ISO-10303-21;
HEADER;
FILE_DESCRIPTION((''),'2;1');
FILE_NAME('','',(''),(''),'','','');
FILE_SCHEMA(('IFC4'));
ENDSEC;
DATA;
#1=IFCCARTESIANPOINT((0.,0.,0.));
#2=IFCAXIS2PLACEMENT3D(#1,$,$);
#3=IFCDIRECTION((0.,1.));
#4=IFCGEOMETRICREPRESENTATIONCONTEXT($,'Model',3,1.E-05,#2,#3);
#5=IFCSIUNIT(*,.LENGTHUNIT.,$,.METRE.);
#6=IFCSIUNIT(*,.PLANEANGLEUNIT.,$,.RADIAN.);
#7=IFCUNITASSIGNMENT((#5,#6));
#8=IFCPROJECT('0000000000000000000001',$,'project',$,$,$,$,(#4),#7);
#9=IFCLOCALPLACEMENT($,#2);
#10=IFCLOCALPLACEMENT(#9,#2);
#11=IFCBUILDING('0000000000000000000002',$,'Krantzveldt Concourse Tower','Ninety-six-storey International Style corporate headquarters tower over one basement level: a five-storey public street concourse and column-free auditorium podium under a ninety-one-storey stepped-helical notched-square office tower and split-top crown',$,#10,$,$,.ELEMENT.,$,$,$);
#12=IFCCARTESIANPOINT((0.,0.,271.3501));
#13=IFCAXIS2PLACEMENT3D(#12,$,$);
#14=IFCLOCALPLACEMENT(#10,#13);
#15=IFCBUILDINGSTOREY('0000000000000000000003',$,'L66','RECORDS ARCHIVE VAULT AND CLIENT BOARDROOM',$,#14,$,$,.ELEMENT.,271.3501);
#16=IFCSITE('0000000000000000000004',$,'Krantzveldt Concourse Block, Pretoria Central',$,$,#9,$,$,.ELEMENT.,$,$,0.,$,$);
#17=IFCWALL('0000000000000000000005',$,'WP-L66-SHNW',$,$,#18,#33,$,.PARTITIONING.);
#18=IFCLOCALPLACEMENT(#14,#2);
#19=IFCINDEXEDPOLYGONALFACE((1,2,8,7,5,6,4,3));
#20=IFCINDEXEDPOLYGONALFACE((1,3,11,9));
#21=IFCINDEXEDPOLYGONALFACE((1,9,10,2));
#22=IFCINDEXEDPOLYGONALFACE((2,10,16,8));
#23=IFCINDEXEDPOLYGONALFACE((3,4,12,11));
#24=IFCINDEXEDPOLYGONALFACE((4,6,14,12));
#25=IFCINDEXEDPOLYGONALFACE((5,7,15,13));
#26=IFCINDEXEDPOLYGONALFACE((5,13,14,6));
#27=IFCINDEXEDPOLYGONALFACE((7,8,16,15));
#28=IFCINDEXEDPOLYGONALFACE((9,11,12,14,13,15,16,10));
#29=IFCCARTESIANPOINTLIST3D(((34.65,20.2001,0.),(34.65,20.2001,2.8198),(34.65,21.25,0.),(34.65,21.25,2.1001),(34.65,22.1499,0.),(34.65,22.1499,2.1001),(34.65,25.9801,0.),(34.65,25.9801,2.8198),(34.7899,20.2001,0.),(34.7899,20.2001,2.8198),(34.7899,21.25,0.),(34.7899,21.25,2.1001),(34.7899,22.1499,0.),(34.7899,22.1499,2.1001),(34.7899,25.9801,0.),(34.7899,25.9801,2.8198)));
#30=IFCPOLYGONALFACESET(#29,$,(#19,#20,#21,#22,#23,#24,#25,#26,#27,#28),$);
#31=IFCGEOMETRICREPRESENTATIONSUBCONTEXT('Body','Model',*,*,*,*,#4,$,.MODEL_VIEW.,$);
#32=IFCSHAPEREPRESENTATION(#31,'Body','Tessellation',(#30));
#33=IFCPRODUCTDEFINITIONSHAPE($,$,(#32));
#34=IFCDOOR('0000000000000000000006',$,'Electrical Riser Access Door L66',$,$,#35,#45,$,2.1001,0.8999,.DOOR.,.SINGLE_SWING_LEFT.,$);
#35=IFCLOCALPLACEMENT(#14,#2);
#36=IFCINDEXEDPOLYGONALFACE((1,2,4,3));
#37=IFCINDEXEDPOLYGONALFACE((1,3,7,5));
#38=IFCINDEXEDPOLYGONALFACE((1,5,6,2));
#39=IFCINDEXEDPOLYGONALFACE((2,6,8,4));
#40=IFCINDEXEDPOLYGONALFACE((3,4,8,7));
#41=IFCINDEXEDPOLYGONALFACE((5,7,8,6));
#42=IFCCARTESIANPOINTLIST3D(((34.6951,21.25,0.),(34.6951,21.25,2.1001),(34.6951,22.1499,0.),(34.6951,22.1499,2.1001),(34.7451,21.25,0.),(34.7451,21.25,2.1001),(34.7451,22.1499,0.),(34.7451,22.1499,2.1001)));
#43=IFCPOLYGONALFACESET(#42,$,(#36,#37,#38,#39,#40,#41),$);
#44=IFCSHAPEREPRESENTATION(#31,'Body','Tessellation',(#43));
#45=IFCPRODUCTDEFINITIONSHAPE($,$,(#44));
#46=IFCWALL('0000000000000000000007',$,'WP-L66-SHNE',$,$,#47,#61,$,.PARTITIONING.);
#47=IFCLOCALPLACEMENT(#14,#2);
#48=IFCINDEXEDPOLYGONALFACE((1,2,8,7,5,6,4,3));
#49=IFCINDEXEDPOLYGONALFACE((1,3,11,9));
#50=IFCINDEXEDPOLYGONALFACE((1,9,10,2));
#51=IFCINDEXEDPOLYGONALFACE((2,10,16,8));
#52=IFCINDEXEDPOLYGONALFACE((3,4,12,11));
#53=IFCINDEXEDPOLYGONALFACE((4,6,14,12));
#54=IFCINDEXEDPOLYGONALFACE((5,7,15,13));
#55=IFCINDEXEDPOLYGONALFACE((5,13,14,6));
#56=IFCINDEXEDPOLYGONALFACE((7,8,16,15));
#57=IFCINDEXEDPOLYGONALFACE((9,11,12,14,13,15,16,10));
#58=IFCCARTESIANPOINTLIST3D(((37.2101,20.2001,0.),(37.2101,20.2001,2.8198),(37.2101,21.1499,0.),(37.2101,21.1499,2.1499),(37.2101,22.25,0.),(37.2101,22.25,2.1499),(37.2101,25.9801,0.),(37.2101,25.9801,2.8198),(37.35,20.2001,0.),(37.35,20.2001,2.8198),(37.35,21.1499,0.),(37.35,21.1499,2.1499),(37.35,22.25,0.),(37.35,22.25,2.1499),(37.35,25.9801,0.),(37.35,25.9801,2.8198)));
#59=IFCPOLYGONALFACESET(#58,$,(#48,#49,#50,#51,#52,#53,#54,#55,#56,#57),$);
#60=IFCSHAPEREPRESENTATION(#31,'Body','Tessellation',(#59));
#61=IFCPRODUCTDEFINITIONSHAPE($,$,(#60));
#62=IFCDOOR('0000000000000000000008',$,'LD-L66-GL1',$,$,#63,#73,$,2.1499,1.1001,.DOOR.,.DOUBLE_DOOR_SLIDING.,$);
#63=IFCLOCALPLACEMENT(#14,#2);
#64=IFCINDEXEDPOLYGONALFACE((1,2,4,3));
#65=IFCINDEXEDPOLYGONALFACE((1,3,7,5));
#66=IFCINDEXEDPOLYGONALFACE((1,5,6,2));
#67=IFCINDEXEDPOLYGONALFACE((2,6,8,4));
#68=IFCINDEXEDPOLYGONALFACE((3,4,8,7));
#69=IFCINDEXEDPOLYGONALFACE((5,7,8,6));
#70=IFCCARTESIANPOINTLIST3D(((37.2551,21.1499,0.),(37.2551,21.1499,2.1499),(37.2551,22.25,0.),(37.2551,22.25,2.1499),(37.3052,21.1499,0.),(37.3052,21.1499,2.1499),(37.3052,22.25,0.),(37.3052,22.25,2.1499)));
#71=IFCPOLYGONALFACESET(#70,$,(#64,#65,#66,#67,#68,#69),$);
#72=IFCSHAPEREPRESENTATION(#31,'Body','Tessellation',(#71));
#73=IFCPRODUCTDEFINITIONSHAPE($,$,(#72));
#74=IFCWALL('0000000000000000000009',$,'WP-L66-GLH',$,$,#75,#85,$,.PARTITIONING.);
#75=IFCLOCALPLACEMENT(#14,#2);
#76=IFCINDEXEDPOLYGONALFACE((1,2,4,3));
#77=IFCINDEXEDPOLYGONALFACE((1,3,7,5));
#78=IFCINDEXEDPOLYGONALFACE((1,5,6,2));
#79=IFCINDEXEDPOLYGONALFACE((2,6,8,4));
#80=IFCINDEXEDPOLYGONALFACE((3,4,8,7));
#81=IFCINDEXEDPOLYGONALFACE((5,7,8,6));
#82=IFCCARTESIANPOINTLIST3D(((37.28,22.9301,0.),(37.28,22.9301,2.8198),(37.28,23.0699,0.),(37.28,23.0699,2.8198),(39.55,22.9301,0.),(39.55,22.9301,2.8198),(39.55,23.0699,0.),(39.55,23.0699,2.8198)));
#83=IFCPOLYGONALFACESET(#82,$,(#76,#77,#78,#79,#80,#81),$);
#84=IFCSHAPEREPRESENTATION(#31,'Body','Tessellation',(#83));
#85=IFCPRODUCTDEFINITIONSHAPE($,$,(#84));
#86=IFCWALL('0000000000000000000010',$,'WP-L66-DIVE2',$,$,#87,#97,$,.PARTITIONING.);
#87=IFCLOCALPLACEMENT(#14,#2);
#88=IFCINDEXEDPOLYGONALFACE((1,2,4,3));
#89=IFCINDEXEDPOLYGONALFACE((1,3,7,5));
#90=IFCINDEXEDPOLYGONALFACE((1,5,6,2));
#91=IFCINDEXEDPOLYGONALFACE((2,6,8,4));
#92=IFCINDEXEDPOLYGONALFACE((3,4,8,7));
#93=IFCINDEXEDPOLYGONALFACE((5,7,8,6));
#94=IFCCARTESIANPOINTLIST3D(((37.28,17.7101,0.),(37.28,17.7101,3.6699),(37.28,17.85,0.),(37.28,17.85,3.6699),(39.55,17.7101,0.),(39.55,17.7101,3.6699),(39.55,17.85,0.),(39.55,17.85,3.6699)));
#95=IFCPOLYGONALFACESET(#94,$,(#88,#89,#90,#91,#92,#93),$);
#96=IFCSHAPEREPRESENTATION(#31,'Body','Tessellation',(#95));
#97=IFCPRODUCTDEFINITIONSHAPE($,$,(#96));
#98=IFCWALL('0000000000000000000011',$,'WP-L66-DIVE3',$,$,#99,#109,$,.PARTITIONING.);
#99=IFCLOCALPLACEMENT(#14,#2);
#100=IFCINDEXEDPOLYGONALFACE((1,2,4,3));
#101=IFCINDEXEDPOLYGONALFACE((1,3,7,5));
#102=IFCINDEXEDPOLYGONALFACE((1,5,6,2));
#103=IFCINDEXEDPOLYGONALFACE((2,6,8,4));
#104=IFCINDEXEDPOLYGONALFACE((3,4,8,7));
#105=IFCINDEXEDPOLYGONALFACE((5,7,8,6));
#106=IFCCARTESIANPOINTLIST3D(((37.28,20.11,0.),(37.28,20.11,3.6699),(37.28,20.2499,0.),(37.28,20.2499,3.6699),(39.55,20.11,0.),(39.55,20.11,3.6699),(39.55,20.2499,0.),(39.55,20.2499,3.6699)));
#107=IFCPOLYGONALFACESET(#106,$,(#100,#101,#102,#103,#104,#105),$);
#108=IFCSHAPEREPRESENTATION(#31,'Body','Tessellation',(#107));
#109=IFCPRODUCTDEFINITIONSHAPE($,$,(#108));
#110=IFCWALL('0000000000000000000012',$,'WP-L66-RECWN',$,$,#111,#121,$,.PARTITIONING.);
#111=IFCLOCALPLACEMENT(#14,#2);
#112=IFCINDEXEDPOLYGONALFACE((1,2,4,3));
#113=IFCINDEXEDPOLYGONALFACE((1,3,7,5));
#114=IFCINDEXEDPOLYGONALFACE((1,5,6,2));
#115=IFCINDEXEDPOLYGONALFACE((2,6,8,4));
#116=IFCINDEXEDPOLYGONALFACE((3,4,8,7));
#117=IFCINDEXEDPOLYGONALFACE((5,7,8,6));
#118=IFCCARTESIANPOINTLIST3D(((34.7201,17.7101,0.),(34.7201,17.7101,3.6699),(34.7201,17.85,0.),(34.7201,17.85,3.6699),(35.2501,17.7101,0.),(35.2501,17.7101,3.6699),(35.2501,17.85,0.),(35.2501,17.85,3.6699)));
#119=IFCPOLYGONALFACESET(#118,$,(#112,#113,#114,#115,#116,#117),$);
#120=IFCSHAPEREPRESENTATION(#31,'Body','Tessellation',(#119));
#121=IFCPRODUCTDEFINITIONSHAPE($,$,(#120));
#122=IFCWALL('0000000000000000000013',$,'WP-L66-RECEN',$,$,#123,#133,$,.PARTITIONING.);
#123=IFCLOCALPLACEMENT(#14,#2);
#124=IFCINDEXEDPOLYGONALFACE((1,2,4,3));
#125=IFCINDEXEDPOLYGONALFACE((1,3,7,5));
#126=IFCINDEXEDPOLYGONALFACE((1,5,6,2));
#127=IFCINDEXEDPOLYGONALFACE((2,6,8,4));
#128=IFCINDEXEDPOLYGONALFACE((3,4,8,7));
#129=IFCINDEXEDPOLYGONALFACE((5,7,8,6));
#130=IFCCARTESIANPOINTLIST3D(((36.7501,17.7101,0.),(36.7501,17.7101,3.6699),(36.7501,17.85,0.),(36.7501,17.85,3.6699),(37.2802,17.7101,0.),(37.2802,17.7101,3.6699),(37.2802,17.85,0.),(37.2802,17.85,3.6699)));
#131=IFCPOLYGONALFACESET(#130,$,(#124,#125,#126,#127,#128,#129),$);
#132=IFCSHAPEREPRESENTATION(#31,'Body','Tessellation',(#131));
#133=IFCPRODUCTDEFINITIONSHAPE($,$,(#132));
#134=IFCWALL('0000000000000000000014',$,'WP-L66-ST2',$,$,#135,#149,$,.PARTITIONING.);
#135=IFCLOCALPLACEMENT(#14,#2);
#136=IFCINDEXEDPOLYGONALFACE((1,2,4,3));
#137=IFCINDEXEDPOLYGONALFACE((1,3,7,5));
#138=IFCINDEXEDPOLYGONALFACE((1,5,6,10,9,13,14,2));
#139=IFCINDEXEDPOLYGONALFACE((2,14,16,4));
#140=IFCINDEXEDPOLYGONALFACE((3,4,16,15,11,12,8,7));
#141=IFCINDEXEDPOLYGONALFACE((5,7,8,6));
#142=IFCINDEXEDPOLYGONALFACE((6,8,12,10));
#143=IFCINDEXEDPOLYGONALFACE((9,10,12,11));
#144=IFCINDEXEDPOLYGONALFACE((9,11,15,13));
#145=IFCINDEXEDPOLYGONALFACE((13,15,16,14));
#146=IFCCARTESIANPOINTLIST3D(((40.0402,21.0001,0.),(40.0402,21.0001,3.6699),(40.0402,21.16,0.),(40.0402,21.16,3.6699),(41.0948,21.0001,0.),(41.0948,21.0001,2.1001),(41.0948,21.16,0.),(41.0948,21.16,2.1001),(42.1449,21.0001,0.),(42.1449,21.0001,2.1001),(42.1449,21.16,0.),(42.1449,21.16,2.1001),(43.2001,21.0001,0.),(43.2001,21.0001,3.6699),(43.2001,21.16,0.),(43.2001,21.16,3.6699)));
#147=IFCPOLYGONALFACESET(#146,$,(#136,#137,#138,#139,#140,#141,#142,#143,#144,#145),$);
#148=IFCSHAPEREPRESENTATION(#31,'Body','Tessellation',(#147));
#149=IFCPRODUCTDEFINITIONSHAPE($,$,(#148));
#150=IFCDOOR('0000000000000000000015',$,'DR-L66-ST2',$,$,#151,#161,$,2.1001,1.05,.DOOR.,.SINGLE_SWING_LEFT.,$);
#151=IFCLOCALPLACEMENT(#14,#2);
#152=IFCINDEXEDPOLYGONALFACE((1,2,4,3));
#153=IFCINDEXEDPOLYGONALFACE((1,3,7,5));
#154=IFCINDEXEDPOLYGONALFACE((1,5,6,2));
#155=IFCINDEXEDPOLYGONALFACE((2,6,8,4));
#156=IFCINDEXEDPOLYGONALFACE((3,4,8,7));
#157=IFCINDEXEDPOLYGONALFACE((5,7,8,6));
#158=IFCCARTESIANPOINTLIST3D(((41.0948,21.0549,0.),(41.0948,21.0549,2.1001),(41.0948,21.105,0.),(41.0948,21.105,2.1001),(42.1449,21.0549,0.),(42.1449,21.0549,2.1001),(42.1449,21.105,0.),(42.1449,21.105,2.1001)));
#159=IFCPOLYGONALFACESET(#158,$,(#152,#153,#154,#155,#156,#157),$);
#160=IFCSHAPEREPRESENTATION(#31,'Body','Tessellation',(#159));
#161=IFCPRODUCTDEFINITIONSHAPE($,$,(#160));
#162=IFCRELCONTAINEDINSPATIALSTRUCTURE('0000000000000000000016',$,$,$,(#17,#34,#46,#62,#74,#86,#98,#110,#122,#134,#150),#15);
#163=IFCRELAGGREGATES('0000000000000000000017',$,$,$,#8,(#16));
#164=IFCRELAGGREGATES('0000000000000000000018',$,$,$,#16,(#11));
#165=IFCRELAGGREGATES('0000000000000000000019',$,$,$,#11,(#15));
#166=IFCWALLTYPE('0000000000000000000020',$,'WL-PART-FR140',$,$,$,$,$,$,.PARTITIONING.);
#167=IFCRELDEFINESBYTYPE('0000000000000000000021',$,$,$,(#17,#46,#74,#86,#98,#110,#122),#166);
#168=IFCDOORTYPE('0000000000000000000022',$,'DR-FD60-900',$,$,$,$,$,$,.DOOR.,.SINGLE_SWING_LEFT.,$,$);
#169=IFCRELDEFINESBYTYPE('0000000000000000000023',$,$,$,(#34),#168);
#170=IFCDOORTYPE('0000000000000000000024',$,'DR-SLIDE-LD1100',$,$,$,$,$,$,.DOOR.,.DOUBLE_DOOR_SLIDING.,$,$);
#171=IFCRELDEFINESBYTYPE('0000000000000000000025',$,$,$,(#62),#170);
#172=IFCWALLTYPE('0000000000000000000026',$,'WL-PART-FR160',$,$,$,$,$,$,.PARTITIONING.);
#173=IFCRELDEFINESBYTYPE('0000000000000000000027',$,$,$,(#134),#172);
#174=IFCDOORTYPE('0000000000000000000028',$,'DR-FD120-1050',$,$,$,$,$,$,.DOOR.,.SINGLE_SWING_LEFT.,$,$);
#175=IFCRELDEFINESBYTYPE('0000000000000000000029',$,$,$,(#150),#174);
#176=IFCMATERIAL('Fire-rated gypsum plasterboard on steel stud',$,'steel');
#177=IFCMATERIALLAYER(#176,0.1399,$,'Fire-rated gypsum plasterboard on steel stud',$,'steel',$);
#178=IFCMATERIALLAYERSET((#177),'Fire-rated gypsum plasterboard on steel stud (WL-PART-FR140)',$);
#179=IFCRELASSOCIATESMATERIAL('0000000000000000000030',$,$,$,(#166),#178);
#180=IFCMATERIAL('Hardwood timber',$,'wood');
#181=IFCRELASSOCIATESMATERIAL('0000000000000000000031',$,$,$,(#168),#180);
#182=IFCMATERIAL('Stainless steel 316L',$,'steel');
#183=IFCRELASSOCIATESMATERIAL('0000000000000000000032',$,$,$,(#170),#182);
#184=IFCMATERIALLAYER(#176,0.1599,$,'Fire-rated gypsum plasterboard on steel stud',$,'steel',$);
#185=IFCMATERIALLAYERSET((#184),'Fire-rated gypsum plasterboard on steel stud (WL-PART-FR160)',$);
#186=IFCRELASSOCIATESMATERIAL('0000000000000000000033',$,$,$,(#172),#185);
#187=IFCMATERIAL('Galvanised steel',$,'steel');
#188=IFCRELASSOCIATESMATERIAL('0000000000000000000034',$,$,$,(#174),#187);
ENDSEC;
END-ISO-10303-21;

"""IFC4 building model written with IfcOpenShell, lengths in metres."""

from ifc_helpers import new_model, si_unit, direction, frame, frame_2d, origin, place, context, subcontext, project, spatial, rectangle, extrude, material, layer, layer_set, type_object, element, fill, save


model = new_model("IFC4")

# Units and contexts
model_context = context("Model", 3, precision=1e-05, world=origin(), true_north=direction((0.0, 1.0)))
body_context = subcontext(model_context, "Body", "Model", "MODEL_VIEW")
ifc_project = project(units=[si_unit("LENGTHUNIT", "METRE"), si_unit("PLANEANGLEUNIT", "RADIAN")], contexts=[model_context])

# Site, building, storey
site_placement = place(None, origin())
site = spatial("IfcSite", under=ifc_project, at=site_placement, Name="Krantzveldt Concourse Block, Pretoria Central", CompositionType="ELEMENT", RefElevation=0.0)
building_placement = place(site_placement, origin())
building = spatial("IfcBuilding", under=site, at=building_placement, Name="Krantzveldt Concourse Tower", Description="Ninety-six-storey International Style corporate headquarters tower over one basement level: a five-storey public street concourse and column-free auditorium podium under a ninety-one-storey stepped-helical notched-square office tower and split-top crown", CompositionType="ELEMENT")
storey_placement = place(building_placement, frame((0.0, 0.0, 271.3501)))
storey = spatial("IfcBuildingStorey", under=building, at=storey_placement, Name="L66", Description="RECORDS ARCHIVE VAULT AND CLIENT BOARDROOM", CompositionType="ELEMENT", Elevation=271.3501)

# Walls, openings, doors
ifc_material_1 = material(Name="Fire-rated gypsum plasterboard on steel stud", Category="steel")
ifc_layer_1 = layer(ifc_material_1, 0.1399, Name="Fire-rated gypsum plasterboard on steel stud", Category="steel")
ifc_layer_set_1 = layer_set([ifc_layer_1], Name="Fire-rated gypsum plasterboard on steel stud (WL-PART-FR140)")
wall_type_1 = type_object("IfcWallType", Name="WL-PART-FR140", PredefinedType="PARTITIONING", material=ifc_layer_set_1)
wall_1_placement = place(storey_placement, frame((34.72, 20.2, 0.0), z_axis=(0.0, 0.0, 1.0), x_axis=(0.0, 1.0, 0.0)))
wall_1 = element("IfcWall", 1, at=wall_1_placement, inside=storey, type_object=wall_type_1, Name="WP-L66-SHNW", PredefinedType="PARTITIONING", context=body_context, shape_type="SweptSolid", body=[
    extrude(rectangle(XDim=5.78, YDim=0.1399, at=frame_2d((2.8901, 0.0))), origin(), (0.0, 0.0, 1.0), 2.8198),
])
opening_1_placement = place(wall_1_placement, frame((1.05, 0.0, 0.0)))
opening_1 = element("IfcOpeningElement", 2, at=opening_1_placement, cuts=wall_1, PredefinedType="OPENING", context=body_context, shape_type="SweptSolid", body=[
    extrude(rectangle(XDim=0.8999, YDim=2.1001, at=frame_2d((0.45, 1.05))), frame((0.0, 0.0801, 0.0), z_axis=(0.0, -1.0, 0.0), x_axis=(1.0, 0.0, 0.0)), (0.0, 0.0, 1.0), 0.1599),
])
ifc_material_2 = material(Name="Hardwood timber", Category="wood")
door_type_1 = type_object("IfcDoorType", Name="DR-FD60-900", OperationType="SINGLE_SWING_LEFT", PredefinedType="DOOR", material=ifc_material_2)
door_1_placement = place(opening_1_placement, origin())
door_1 = element("IfcDoor", 3, at=door_1_placement, inside=storey, type_object=door_type_1, Name="Electrical Riser Access Door L66", OperationType="SINGLE_SWING_LEFT", OverallHeight=2.1001, OverallWidth=0.8999, PredefinedType="DOOR", context=body_context, shape_type="SweptSolid", body=[
    extrude(rectangle(XDim=0.8999, YDim=2.1001, at=frame_2d((0.45, 1.05))), frame((0.0, 0.0249, 0.0), z_axis=(0.0, -1.0, 0.0), x_axis=(1.0, 0.0, 0.0)), (0.0, 0.0, 1.0), 0.05),
])
fill(opening_1, door_1)
wall_2_placement = place(storey_placement, frame((37.28, 20.2, 0.0), z_axis=(0.0, 0.0, 1.0), x_axis=(0.0, 1.0, 0.0)))
wall_2 = element("IfcWall", 4, at=wall_2_placement, inside=storey, type_object=wall_type_1, Name="WP-L66-SHNE", PredefinedType="PARTITIONING", context=body_context, shape_type="SweptSolid", body=[
    extrude(rectangle(XDim=5.78, YDim=0.1399, at=frame_2d((2.8901, 0.0))), origin(), (0.0, 0.0, 1.0), 2.8198),
])
opening_2_placement = place(wall_2_placement, frame((0.95, 0.0, 0.0)))
opening_2 = element("IfcOpeningElement", 5, at=opening_2_placement, cuts=wall_2, PredefinedType="OPENING", context=body_context, shape_type="SweptSolid", body=[
    extrude(rectangle(XDim=1.1001, YDim=2.1499, at=frame_2d((0.55, 1.075))), frame((0.0, 0.0801, 0.0), z_axis=(0.0, -1.0, 0.0), x_axis=(1.0, 0.0, 0.0)), (0.0, 0.0, 1.0), 0.1599),
])
ifc_material_3 = material(Name="Stainless steel 316L", Category="steel")
door_type_2 = type_object("IfcDoorType", Name="DR-SLIDE-LD1100", OperationType="DOUBLE_DOOR_SLIDING", PredefinedType="DOOR", material=ifc_material_3)
door_2_placement = place(opening_2_placement, origin())
door_2 = element("IfcDoor", 6, at=door_2_placement, inside=storey, type_object=door_type_2, Name="LD-L66-GL1", OperationType="DOUBLE_DOOR_SLIDING", OverallHeight=2.1499, OverallWidth=1.1001, PredefinedType="DOOR", context=body_context, shape_type="SweptSolid", body=[
    extrude(rectangle(XDim=1.1001, YDim=2.1499, at=frame_2d((0.55, 1.075))), frame((0.0, 0.0249, 0.0), z_axis=(0.0, -1.0, 0.0), x_axis=(1.0, 0.0, 0.0)), (0.0, 0.0, 1.0), 0.05),
])
fill(opening_2, door_2)

# Wall
wall_3_placement = place(storey_placement, frame((37.28, 23.0, 0.0), z_axis=(0.0, 0.0, 1.0), x_axis=(1.0, 0.0, 0.0)))
element("IfcWall", 7, at=wall_3_placement, inside=storey, type_object=wall_type_1, Name="WP-L66-GLH", PredefinedType="PARTITIONING", context=body_context, shape_type="SweptSolid", body=[
    extrude(rectangle(XDim=2.27, YDim=0.1399, at=frame_2d((1.135, 0.0))), origin(), (0.0, 0.0, 1.0), 2.8198),
])

# Walls
for number, where, z_axis, x_axis, name in (
    (8, (37.28, 17.78, 0.0), (0.0, 0.0, 1.0), (1.0, 0.0, 0.0), "WP-L66-DIVE2"),
    (9, (37.28, 20.1799, 0.0), (0.0, 0.0, 1.0), (1.0, 0.0, 0.0), "WP-L66-DIVE3"),
):
    element("IfcWall", number, at=place(storey_placement, frame(where, z_axis=z_axis, x_axis=x_axis)), inside=storey, type_object=wall_type_1, Name=name, PredefinedType="PARTITIONING", context=body_context, shape_type="SweptSolid", body=[
        extrude(rectangle(XDim=2.27, YDim=0.1399, at=frame_2d((1.135, 0.0))), origin(), (0.0, 0.0, 1.0), 3.6699),
    ])
for number, where, z_axis, x_axis, name in (
    (10, (34.72, 17.78, 0.0), (0.0, 0.0, 1.0), (1.0, 0.0, 0.0), "WP-L66-RECWN"),
    (11, (36.75, 17.78, 0.0), (0.0, 0.0, 1.0), (1.0, 0.0, 0.0), "WP-L66-RECEN"),
):
    element("IfcWall", number, at=place(storey_placement, frame(where, z_axis=z_axis, x_axis=x_axis)), inside=storey, type_object=wall_type_1, Name=name, PredefinedType="PARTITIONING", context=body_context, shape_type="SweptSolid", body=[
        extrude(rectangle(XDim=0.53, YDim=0.1399, at=frame_2d((0.2651, 0.0))), origin(), (0.0, 0.0, 1.0), 3.6699),
    ])

# Wall, opening, door
ifc_layer_2 = layer(ifc_material_1, 0.1599, Name="Fire-rated gypsum plasterboard on steel stud", Category="steel")
ifc_layer_set_2 = layer_set([ifc_layer_2], Name="Fire-rated gypsum plasterboard on steel stud (WL-PART-FR160)")
wall_type_2 = type_object("IfcWallType", Name="WL-PART-FR160", PredefinedType="PARTITIONING", material=ifc_layer_set_2)
wall_4_placement = place(storey_placement, frame((40.04, 21.0801, 0.0), z_axis=(0.0, 0.0, 1.0), x_axis=(1.0, 0.0, 0.0)))
wall_4 = element("IfcWall", 12, at=wall_4_placement, inside=storey, type_object=wall_type_2, Name="WP-L66-ST2", PredefinedType="PARTITIONING", context=body_context, shape_type="SweptSolid", body=[
    extrude(rectangle(XDim=3.1599, YDim=0.1599, at=frame_2d((1.5801, 0.0))), origin(), (0.0, 0.0, 1.0), 3.6699),
])
opening_3_placement = place(wall_4_placement, frame((1.0549, 0.0, 0.0)))
opening_3 = element("IfcOpeningElement", 13, at=opening_3_placement, cuts=wall_4, PredefinedType="OPENING", context=body_context, shape_type="SweptSolid", body=[
    extrude(rectangle(XDim=1.05, YDim=2.1001, at=frame_2d((0.5249, 1.05))), frame((0.0, 0.0898, 0.0), z_axis=(0.0, -1.0, 0.0), x_axis=(1.0, 0.0, 0.0)), (0.0, 0.0, 1.0), 0.1799),
])
ifc_material_4 = material(Name="Galvanised steel", Category="steel")
door_type_3 = type_object("IfcDoorType", Name="DR-FD120-1050", OperationType="SINGLE_SWING_LEFT", PredefinedType="DOOR", material=ifc_material_4)
door_3_placement = place(opening_3_placement, origin())
door_3 = element("IfcDoor", 14, at=door_3_placement, inside=storey, type_object=door_type_3, Name="DR-L66-ST2", OperationType="SINGLE_SWING_LEFT", OverallHeight=2.1001, OverallWidth=1.05, PredefinedType="DOOR", context=body_context, shape_type="SweptSolid", body=[
    extrude(rectangle(XDim=1.05, YDim=2.1001, at=frame_2d((0.5249, 1.05))), frame((0.0, 0.0249, 0.0), z_axis=(0.0, -1.0, 0.0), x_axis=(1.0, 0.0, 0.0)), (0.0, 0.0, 1.0), 0.05),
])
fill(opening_3, door_3)

save(model, "model.ifc")
